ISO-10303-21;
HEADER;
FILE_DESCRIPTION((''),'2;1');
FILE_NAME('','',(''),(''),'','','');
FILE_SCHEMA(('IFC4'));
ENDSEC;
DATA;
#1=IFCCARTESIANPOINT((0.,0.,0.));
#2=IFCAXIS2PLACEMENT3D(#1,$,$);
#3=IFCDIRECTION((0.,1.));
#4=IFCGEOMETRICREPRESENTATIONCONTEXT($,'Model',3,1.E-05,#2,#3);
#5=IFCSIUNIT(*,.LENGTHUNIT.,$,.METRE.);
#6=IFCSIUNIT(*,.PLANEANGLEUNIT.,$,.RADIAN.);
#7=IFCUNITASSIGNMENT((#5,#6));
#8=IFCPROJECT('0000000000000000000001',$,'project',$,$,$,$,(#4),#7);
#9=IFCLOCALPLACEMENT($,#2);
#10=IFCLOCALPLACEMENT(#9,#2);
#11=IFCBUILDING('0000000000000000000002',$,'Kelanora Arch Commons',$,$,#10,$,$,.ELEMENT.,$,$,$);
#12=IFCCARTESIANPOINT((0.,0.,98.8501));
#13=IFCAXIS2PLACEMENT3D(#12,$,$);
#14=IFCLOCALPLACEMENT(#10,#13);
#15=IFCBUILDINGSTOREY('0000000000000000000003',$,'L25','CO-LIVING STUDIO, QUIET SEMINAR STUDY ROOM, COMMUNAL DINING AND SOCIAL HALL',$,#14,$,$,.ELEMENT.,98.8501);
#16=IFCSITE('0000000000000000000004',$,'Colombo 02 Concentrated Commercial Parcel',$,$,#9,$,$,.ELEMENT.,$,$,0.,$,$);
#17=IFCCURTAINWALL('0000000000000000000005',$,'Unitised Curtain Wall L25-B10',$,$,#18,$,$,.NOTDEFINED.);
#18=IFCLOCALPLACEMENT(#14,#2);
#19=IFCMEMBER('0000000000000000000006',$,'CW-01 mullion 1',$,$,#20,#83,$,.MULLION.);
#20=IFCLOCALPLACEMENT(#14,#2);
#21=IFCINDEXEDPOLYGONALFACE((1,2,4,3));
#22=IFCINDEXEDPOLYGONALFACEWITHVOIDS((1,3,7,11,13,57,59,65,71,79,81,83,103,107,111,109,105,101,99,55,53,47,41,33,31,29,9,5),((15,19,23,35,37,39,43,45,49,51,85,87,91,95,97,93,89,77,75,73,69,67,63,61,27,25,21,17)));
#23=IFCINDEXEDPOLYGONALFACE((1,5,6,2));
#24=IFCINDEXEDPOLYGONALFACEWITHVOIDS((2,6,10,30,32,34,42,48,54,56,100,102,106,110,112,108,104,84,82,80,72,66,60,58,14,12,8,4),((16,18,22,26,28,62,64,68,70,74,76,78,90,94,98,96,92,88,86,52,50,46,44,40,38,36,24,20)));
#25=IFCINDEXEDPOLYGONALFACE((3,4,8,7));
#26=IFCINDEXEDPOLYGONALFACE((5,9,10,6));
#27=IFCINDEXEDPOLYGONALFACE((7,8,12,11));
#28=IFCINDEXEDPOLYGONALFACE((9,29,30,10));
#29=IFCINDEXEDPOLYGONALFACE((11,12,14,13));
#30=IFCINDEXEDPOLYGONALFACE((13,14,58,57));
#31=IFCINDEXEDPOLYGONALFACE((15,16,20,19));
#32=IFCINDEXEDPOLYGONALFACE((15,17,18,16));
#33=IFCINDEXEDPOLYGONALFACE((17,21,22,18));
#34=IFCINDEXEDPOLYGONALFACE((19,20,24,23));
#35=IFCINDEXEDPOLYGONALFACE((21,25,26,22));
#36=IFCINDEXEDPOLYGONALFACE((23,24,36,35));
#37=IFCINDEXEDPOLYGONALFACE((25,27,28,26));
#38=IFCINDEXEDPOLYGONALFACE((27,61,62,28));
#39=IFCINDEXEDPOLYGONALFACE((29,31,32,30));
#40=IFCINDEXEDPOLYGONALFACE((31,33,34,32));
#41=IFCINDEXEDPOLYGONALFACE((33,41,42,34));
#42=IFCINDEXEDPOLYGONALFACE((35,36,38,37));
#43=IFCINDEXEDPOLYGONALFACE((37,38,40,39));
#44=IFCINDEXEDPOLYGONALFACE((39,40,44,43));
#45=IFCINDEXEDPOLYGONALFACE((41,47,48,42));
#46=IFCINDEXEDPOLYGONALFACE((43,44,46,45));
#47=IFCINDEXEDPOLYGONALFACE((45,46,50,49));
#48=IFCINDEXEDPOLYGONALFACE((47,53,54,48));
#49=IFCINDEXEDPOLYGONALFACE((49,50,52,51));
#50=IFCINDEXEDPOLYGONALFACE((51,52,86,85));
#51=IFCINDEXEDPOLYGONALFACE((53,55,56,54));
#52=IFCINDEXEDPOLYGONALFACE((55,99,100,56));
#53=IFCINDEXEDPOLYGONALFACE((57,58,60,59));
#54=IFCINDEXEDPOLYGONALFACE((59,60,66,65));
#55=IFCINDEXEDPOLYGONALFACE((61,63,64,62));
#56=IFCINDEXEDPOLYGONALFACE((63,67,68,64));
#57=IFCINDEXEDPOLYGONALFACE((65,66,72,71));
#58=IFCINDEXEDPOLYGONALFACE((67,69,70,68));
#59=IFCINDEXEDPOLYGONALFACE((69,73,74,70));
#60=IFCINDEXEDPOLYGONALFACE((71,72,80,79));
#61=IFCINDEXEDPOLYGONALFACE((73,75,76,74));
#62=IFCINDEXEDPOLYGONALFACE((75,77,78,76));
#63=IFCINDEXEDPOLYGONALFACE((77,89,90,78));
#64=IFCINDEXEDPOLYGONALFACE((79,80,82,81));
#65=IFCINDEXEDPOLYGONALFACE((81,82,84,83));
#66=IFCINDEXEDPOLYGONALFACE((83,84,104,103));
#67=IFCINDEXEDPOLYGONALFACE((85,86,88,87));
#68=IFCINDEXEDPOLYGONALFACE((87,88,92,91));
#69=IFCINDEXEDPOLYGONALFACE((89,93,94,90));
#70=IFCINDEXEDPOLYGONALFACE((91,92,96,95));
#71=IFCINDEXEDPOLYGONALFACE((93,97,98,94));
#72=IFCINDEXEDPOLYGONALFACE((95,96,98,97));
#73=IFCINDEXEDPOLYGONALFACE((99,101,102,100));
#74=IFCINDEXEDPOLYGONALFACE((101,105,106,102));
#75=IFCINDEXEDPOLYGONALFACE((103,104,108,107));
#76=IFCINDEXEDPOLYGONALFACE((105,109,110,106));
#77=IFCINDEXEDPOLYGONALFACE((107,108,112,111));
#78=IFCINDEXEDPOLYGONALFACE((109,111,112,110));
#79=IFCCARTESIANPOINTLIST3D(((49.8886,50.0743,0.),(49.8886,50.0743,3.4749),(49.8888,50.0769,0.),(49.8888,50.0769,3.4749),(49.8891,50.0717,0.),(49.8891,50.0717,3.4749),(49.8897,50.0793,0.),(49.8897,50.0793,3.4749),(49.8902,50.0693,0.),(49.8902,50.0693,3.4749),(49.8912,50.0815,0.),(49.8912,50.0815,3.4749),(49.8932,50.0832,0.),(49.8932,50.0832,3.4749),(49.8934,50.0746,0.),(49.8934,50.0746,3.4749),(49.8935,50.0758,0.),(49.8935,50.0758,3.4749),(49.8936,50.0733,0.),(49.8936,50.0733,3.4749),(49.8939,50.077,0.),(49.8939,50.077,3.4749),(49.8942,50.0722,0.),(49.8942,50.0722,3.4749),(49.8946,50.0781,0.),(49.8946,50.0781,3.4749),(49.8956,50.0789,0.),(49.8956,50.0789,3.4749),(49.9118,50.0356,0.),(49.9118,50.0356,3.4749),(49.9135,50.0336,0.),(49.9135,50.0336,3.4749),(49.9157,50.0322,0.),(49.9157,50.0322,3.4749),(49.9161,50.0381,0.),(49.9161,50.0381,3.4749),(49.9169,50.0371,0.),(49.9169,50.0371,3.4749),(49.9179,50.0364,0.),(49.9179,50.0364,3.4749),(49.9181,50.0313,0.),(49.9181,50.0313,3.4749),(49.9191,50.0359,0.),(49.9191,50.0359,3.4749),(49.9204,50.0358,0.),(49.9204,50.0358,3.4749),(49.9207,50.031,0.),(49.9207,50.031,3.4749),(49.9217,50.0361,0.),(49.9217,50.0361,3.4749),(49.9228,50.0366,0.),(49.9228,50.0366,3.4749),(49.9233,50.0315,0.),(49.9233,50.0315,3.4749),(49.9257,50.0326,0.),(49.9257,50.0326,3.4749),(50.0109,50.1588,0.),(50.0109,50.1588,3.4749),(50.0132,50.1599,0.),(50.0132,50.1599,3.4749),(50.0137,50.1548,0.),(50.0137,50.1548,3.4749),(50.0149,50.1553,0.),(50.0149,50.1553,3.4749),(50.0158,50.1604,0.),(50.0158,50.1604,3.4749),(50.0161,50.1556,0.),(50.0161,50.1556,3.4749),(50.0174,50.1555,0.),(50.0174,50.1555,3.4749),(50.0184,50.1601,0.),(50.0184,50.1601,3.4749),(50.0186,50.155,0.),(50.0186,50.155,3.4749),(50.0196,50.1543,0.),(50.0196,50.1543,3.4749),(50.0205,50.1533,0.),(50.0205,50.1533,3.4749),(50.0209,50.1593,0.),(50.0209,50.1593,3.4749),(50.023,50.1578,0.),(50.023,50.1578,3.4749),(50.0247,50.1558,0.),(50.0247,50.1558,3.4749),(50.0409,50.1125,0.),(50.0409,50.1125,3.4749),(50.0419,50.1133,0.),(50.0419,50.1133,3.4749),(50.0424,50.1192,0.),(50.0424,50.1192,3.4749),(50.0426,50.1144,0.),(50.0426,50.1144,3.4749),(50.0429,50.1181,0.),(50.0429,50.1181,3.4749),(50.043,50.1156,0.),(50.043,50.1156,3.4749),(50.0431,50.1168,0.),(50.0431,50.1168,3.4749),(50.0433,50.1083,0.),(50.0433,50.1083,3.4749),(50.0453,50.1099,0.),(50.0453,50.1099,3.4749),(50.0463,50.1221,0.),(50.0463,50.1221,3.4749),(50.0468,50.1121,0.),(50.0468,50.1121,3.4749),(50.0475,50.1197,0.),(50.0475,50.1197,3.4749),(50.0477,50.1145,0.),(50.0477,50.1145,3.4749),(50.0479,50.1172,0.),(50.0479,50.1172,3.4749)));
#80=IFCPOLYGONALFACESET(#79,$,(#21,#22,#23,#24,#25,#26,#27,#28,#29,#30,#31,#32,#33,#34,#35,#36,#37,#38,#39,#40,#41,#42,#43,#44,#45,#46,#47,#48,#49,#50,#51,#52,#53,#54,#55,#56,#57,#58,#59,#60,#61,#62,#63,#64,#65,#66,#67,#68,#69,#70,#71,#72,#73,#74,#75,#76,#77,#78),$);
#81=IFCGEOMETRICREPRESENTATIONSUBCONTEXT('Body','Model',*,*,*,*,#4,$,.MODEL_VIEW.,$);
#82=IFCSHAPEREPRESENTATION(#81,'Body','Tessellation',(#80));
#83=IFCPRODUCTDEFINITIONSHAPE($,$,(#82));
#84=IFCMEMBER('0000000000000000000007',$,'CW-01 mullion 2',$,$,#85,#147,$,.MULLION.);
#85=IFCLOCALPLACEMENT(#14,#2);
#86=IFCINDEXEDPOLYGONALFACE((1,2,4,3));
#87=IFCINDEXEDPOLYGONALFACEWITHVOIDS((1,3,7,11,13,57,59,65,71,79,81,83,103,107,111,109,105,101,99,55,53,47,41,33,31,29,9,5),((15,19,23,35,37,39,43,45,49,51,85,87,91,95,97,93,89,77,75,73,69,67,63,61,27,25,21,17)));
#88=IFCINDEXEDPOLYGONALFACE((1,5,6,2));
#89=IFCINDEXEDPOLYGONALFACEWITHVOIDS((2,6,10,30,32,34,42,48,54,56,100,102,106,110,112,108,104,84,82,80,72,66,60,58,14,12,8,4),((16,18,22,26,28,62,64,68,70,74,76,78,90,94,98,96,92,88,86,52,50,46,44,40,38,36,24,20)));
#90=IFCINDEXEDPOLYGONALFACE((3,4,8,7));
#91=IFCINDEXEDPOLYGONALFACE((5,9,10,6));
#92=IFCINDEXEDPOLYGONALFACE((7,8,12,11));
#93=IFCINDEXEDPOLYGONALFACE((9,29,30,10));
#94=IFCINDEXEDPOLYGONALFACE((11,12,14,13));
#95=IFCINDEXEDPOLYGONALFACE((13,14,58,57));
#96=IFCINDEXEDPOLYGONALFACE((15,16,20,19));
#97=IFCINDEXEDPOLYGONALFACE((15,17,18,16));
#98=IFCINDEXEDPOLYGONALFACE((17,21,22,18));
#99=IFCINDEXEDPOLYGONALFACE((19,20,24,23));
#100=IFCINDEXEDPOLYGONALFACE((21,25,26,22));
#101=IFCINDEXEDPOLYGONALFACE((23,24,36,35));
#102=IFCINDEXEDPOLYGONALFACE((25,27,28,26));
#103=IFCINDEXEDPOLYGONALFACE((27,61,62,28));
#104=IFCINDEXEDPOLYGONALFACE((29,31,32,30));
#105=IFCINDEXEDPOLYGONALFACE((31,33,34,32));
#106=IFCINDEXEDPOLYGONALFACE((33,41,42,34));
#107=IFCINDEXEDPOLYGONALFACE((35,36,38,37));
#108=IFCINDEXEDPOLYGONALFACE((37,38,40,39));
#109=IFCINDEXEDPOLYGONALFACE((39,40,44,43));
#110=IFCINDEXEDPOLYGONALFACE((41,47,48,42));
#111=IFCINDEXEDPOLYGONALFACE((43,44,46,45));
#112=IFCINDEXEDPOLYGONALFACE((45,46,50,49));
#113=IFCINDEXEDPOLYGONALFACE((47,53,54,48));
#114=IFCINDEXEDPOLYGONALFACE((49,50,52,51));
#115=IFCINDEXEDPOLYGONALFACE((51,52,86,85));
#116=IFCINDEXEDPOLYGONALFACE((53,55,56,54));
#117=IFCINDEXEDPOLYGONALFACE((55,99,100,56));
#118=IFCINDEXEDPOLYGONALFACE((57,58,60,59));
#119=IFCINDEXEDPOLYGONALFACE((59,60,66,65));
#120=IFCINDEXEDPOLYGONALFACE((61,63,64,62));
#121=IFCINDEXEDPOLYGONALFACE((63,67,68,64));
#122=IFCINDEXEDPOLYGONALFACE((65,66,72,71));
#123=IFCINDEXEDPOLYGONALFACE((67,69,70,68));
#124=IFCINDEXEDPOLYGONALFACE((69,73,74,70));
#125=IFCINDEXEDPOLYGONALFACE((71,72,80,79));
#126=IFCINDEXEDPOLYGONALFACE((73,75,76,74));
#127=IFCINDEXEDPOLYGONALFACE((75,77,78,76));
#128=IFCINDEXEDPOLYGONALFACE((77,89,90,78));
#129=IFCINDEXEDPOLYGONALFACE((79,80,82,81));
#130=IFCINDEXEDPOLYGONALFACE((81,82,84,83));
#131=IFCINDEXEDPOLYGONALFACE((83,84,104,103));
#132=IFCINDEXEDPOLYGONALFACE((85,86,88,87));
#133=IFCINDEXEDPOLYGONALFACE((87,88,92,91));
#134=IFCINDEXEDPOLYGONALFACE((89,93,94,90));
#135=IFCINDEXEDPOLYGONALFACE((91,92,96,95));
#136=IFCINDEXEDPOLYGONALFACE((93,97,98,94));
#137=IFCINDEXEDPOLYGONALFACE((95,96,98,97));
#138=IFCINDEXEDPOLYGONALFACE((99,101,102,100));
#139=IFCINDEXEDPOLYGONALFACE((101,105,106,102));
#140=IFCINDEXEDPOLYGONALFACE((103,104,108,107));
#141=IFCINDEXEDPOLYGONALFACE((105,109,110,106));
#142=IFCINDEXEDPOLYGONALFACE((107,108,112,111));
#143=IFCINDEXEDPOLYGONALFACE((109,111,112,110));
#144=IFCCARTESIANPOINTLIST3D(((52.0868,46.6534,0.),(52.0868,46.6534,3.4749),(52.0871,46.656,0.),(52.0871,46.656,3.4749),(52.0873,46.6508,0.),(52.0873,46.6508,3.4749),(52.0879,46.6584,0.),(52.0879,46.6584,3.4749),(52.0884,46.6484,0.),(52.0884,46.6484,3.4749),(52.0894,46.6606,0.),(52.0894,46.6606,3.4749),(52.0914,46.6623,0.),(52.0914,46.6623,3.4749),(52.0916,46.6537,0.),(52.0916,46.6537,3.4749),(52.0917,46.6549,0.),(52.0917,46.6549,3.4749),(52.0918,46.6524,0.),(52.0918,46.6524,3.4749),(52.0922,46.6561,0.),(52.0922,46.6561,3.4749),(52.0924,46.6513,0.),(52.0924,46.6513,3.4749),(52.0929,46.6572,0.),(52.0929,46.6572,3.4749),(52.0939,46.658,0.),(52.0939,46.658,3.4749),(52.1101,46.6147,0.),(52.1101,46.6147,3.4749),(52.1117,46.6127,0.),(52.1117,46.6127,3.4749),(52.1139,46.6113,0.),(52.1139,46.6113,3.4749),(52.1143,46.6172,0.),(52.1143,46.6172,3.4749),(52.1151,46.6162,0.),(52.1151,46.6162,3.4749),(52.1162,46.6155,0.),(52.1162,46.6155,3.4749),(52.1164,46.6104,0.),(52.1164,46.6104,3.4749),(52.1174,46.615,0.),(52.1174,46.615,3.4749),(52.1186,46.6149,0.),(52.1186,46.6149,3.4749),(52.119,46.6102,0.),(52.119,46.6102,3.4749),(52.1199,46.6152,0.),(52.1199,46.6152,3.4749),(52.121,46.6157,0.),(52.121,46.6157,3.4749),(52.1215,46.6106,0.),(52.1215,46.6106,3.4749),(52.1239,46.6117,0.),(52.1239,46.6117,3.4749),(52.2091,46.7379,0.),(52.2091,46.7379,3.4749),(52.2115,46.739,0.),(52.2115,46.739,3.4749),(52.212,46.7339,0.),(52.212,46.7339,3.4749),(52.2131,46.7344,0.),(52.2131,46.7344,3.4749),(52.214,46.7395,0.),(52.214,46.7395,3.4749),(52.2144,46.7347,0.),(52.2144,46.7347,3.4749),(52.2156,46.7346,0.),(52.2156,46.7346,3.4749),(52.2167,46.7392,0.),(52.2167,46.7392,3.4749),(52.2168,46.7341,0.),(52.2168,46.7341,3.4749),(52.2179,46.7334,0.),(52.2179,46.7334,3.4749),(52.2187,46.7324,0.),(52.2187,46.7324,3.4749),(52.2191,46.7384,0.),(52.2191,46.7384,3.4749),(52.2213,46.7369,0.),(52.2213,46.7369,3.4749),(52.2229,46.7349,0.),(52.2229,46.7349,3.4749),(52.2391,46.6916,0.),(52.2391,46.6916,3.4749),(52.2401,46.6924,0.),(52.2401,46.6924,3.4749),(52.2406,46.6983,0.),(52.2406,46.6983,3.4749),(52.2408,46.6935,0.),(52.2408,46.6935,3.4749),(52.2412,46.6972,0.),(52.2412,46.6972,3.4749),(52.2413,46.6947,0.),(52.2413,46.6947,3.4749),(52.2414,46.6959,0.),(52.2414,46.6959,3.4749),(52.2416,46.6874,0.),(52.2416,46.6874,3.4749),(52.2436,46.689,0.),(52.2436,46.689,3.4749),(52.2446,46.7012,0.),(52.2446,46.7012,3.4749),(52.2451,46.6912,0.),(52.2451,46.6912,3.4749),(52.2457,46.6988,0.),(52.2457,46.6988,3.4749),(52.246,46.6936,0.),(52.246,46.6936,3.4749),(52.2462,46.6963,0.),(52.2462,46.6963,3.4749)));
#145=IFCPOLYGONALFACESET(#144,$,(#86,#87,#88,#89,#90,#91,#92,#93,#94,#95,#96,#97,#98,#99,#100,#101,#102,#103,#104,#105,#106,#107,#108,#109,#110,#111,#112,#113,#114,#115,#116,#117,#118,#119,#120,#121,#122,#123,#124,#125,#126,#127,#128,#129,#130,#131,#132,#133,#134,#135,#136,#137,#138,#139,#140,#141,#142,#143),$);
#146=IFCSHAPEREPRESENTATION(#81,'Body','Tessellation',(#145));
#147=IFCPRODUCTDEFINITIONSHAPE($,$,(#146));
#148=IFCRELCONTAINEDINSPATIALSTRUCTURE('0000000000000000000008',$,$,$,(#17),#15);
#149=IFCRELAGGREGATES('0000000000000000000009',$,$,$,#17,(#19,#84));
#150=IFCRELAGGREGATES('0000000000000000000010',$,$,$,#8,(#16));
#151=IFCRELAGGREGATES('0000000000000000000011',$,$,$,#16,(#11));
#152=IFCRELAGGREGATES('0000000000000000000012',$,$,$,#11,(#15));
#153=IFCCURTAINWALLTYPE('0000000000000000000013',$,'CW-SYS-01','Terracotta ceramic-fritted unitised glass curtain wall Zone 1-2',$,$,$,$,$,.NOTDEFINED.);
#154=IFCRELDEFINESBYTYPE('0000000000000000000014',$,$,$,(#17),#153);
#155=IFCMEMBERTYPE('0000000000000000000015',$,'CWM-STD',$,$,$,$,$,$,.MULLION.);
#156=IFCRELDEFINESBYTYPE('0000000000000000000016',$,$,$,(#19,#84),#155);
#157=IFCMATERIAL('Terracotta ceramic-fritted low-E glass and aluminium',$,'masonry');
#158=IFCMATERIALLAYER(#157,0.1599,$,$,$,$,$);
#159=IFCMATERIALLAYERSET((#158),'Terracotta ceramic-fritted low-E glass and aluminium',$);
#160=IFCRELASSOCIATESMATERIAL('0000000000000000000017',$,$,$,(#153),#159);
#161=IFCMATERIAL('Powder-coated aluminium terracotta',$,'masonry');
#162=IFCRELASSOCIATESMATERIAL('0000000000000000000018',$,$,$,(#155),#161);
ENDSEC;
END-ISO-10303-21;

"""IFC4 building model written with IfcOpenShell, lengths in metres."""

from ifc_helpers import new_model, si_unit, direction, frame, origin, origin_2d, place, context, subcontext, project, spatial, hollow_rectangle, extrude, material, layer, layer_set, material_profile, profile_set, type_object, element, aggregate, save


model = new_model("IFC4")

# Units and contexts
model_context = context("Model", 3, precision=1e-05, world=origin(), true_north=direction((0.0, 1.0)))
body_context = subcontext(model_context, "Body", "Model", "MODEL_VIEW")
ifc_project = project(units=[si_unit("LENGTHUNIT", "METRE"), si_unit("PLANEANGLEUNIT", "RADIAN")], contexts=[model_context])

# Site, building, storey
site_placement = place(None, origin())
site = spatial("IfcSite", under=ifc_project, at=site_placement, Name="Colombo 02 Concentrated Commercial Parcel", CompositionType="ELEMENT", RefElevation=0.0)
building_placement = place(site_placement, origin())
building = spatial("IfcBuilding", under=site, at=building_placement, Name="Kelanora Arch Commons", CompositionType="ELEMENT")
storey_placement = place(building_placement, frame((0.0, 0.0, 98.8501)))
storey = spatial("IfcBuildingStorey", under=building, at=storey_placement, Name="L25", Description="CO-LIVING STUDIO, QUIET SEMINAR STUDY ROOM, COMMUNAL DINING AND SOCIAL HALL", CompositionType="ELEMENT", Elevation=98.8501)

# Shared definitions
ifc_material_1 = material(Name="Terracotta ceramic-fritted low-E glass and aluminium", Category="masonry")
ifc_layer_1 = layer(ifc_material_1, 0.1599)
ifc_layer_set_1 = layer_set([ifc_layer_1], Name="Terracotta ceramic-fritted low-E glass and aluminium")
curtain_wall_type = type_object("IfcCurtainWallType", Name="CW-SYS-01", Description="Terracotta ceramic-fritted unitised glass curtain wall Zone 1-2", PredefinedType="NOTDEFINED", material=ifc_layer_set_1)
ifc_material_2 = material(Name="Powder-coated aluminium terracotta", Category="masonry")
ifc_material_profile_1 = material_profile(ifc_material_2, hollow_rectangle(XDim=0.1599, YDim=0.0601, WallThickness=0.0049, InnerFilletRadius=0.0049, OuterFilletRadius=0.01, at=origin_2d()), Name="CWM160x60")
ifc_profile_set_1 = profile_set([ifc_material_profile_1], Name="Powder-coated aluminium terracotta")
member_type_1 = type_object("IfcMemberType", Name="CWM-STD", PredefinedType="MULLION", material=ifc_profile_set_1)

# Curtain wall, members
curtain_wall_1_placement = place(storey_placement, origin())
curtain_wall_1 = element("IfcCurtainWall", 1, at=curtain_wall_1_placement, inside=storey, type_object=curtain_wall_type, Name="Unitised Curtain Wall L25-B10", PredefinedType="NOTDEFINED")
member_1_placement = place(storey_placement, frame((49.9683, 50.0957, 0.0), z_axis=(0.0, 0.0, 1.0), x_axis=(0.841269, 0.540617, 0.0)))
member_1 = element("IfcMember", 2, at=member_1_placement, type_object=member_type_1, Name="CW-01 mullion 1", PredefinedType="MULLION", context=body_context, shape_type="SweptSolid", body=[
    extrude(hollow_rectangle(XDim=0.1599, YDim=0.0601, WallThickness=0.0049, InnerFilletRadius=0.0049, OuterFilletRadius=0.01, at=origin_2d()), origin(), (0.0, 0.0, 1.0), 3.4749),
])
member_2_placement = place(storey_placement, frame((52.1665, 46.6748, 0.0), z_axis=(0.0, 0.0, 1.0), x_axis=(0.841269, 0.540617, 0.0)))
member_2 = element("IfcMember", 3, at=member_2_placement, type_object=member_type_1, Name="CW-01 mullion 2", PredefinedType="MULLION", context=body_context, shape_type="SweptSolid", body=[
    extrude(hollow_rectangle(XDim=0.1599, YDim=0.0601, WallThickness=0.0049, InnerFilletRadius=0.0049, OuterFilletRadius=0.01, at=origin_2d()), origin(), (0.0, 0.0, 1.0), 3.4749),
])

aggregate(curtain_wall_1, [member_1, member_2])

save(model, "model.ifc")
